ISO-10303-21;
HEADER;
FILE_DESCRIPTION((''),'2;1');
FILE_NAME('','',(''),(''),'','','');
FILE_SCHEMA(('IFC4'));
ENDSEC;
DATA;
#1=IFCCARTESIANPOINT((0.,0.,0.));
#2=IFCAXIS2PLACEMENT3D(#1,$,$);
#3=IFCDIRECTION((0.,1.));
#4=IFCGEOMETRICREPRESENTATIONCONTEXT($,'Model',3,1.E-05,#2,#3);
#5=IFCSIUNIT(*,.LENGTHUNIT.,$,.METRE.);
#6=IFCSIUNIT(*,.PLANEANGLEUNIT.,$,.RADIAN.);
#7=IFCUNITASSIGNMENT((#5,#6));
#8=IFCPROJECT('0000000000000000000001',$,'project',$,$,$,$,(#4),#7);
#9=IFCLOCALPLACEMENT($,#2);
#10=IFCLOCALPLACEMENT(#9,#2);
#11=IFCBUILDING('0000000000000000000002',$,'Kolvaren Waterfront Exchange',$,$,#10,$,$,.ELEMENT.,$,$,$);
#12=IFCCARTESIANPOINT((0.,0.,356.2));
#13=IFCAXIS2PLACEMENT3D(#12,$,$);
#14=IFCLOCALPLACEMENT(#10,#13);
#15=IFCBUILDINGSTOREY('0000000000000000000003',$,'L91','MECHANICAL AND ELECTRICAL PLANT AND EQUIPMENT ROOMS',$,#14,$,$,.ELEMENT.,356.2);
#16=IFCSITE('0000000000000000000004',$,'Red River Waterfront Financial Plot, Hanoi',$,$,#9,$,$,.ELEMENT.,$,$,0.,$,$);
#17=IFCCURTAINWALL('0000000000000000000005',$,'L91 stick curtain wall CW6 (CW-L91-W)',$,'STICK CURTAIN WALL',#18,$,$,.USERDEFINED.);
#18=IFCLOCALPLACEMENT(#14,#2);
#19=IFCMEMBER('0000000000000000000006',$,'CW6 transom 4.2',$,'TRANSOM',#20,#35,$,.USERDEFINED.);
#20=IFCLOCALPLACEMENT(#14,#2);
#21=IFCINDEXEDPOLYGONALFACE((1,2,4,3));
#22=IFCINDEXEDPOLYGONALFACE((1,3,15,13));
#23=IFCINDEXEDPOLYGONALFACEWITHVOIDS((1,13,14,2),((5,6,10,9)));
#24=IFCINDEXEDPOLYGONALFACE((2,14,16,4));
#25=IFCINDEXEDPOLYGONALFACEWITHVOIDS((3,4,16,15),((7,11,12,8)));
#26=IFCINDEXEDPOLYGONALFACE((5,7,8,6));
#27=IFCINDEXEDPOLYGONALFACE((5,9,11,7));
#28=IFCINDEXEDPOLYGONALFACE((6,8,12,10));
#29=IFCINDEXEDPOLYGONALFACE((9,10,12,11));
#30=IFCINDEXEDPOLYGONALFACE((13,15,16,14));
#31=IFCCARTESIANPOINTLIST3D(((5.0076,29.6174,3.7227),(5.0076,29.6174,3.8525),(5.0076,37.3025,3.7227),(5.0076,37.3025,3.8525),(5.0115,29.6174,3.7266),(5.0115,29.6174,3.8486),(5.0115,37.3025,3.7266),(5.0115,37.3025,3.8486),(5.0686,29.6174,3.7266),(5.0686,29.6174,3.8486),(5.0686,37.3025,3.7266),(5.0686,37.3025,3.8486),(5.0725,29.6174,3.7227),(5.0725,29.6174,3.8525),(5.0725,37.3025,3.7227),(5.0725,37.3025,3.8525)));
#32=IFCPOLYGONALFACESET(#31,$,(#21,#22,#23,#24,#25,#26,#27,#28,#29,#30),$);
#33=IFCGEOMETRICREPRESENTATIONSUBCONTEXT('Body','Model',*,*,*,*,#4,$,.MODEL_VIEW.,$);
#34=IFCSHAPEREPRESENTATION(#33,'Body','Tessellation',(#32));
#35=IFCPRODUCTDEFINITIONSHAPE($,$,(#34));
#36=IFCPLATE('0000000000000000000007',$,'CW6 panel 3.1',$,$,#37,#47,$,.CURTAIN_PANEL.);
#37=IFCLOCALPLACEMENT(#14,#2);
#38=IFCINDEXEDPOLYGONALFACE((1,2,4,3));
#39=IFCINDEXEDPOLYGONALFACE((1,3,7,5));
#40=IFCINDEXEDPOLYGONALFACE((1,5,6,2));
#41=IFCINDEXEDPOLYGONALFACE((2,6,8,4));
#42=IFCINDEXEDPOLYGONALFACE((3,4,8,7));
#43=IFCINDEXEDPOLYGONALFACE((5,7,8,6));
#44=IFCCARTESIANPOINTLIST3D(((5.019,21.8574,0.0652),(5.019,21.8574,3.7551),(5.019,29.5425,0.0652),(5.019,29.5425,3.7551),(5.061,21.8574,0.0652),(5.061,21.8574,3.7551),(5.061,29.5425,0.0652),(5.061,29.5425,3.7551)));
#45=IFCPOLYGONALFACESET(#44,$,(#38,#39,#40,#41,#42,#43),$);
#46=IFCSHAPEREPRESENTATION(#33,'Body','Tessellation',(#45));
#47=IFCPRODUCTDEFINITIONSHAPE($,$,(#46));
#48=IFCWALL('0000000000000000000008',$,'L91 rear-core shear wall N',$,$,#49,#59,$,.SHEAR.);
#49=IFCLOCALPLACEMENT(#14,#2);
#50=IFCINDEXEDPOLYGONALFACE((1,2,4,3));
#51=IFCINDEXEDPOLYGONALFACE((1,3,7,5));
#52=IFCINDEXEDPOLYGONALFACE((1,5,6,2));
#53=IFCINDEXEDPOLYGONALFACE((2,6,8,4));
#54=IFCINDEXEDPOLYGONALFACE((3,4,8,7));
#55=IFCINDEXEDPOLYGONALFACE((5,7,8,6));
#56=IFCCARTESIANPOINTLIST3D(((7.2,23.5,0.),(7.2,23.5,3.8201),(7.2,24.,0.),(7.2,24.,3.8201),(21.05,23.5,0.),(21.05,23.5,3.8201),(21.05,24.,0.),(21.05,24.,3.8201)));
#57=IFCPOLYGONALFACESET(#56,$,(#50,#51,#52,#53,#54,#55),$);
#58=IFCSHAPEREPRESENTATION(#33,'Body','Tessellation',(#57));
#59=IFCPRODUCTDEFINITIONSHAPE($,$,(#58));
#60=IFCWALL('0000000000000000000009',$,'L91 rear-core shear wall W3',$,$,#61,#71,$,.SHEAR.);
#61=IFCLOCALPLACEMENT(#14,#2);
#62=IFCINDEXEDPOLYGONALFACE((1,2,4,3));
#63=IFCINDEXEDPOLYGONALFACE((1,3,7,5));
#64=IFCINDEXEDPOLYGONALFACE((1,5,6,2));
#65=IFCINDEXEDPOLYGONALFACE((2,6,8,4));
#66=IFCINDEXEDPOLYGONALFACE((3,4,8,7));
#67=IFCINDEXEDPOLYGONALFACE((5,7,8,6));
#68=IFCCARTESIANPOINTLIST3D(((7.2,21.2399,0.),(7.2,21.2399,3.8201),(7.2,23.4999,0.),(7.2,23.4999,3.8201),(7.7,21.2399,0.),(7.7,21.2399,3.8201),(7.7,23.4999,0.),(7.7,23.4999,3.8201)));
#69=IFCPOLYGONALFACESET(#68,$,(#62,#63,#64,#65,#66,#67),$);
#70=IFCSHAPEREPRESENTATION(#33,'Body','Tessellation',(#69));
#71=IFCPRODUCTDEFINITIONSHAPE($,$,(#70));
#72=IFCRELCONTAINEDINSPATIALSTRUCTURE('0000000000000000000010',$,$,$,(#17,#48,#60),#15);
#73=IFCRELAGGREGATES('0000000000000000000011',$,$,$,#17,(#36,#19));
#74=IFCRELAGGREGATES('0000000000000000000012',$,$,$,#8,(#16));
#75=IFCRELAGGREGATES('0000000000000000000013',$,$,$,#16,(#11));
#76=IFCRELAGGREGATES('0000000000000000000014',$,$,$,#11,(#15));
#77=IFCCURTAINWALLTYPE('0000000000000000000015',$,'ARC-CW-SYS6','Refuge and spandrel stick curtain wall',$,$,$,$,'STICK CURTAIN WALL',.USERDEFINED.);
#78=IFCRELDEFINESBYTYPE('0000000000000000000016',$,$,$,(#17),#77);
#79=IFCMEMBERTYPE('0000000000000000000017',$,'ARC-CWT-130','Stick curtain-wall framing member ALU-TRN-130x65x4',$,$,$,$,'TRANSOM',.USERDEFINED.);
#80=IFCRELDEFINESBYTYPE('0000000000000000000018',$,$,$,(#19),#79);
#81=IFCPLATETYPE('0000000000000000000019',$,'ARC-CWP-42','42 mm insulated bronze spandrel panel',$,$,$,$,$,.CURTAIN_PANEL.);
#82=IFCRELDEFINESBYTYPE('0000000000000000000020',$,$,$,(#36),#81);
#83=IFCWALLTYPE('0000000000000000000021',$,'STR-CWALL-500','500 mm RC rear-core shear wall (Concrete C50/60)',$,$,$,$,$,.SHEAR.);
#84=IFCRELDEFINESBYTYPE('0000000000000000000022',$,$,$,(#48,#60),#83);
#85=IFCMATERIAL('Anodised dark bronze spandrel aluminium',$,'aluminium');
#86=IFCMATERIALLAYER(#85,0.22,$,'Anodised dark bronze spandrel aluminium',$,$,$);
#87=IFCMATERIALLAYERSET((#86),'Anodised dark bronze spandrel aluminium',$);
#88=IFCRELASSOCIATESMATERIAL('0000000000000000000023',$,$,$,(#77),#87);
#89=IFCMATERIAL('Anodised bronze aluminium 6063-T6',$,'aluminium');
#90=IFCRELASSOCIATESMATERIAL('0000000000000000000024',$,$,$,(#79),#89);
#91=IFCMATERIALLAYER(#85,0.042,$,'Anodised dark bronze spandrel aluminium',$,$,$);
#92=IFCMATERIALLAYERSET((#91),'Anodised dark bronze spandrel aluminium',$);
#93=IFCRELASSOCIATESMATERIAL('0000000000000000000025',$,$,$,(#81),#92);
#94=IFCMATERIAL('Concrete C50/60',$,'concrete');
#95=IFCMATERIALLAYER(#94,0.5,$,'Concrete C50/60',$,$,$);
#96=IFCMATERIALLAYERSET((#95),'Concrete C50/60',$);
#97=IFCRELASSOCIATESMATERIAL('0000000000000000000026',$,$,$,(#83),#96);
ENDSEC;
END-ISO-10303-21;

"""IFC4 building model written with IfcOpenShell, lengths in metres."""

from ifc_helpers import new_model, si_unit, direction, frame, frame_2d, origin, origin_with_axes, origin_2d, place, context, subcontext, project, spatial, rectangle, hollow_rectangle, extrude, source, transform, mapped, material, layer, layer_set, material_profile, profile_set, type_object, element, aggregate, save


model = new_model("IFC4")

# Units and contexts
model_context = context("Model", 3, precision=1e-05, world=origin(), true_north=direction((0.0, 1.0)))
body_context = subcontext(model_context, "Body", "Model", "MODEL_VIEW")
ifc_project = project(units=[si_unit("LENGTHUNIT", "METRE"), si_unit("PLANEANGLEUNIT", "RADIAN")], contexts=[model_context])

# Site, building, storey
site_placement = place(None, origin())
site = spatial("IfcSite", under=ifc_project, at=site_placement, Name="Red River Waterfront Financial Plot, Hanoi", CompositionType="ELEMENT", RefElevation=0.0)
building_placement = place(site_placement, origin())
building = spatial("IfcBuilding", under=site, at=building_placement, Name="Kolvaren Waterfront Exchange", CompositionType="ELEMENT")
storey_placement = place(building_placement, frame((0.0, 0.0, 356.2)))
storey = spatial("IfcBuildingStorey", under=building, at=storey_placement, Name="L91", Description="MECHANICAL AND ELECTRICAL PLANT AND EQUIPMENT ROOMS", CompositionType="ELEMENT", Elevation=356.2)

# Shared definitions
ifc_material_1 = material(Name="Concrete C50/60", Category="concrete")

# Curtain wall, member, plate
ifc_material_2 = material(Name="Anodised dark bronze spandrel aluminium", Category="aluminium")
ifc_layer_1 = layer(ifc_material_2, 0.22, Name="Anodised dark bronze spandrel aluminium")
ifc_layer_set_1 = layer_set([ifc_layer_1], Name="Anodised dark bronze spandrel aluminium")
curtain_wall_type = type_object("IfcCurtainWallType", Name="ARC-CW-SYS6", Description="Refuge and spandrel stick curtain wall", ElementType="STICK CURTAIN WALL", PredefinedType="USERDEFINED", material=ifc_layer_set_1)
curtain_wall_placement = place(storey_placement, origin())
curtain_wall = element("IfcCurtainWall", 1, at=curtain_wall_placement, inside=storey, type_object=curtain_wall_type, Name="L91 stick curtain wall CW6 (CW-L91-W)", ObjectType="STICK CURTAIN WALL", PredefinedType="USERDEFINED")
ifc_material_3 = material(Name="Anodised bronze aluminium 6063-T6", Category="aluminium")
ifc_material_profile_1 = material_profile(ifc_material_3, hollow_rectangle(XDim=0.0649, YDim=0.1299, WallThickness=0.0039, at=origin_2d()), Name="ALU-TRN-130x65x4")
ifc_profile_set_1 = profile_set([ifc_material_profile_1], Name="Anodised bronze aluminium 6063-T6")
member_type_1 = type_object("IfcMemberType", Name="ARC-CWT-130", Description="Stick curtain-wall framing member ALU-TRN-130x65x4", ElementType="TRANSOM", PredefinedType="USERDEFINED", material=ifc_profile_set_1)
shared_shape_1 = source(origin_with_axes(), body_context, "Body", "SweptSolid", [
    extrude(hollow_rectangle(XDim=0.0649, YDim=0.1299, WallThickness=0.0039, at=origin_2d()), origin(), (0.0, 0.0, 1.0), 7.6851),
])
member_1_placement = place(storey_placement, frame((5.04, 29.6174, 3.7876), z_axis=(0.0, 1.0, 0.0), x_axis=(-1.0, 0.0, 0.0)))
member_1 = element("IfcMember", 2, at=member_1_placement, type_object=member_type_1, Name="CW6 transom 4.2", ObjectType="TRANSOM", PredefinedType="USERDEFINED", context=body_context, shape_type="MappedRepresentation", body=[
    mapped(shared_shape_1, transform((0.0, 0.0, 0.0), x_axis=(1.0, 0.0, 0.0), y_axis=(0.0, 1.0, 0.0), z_axis=(0.0, 0.0, 1.0), scale=1.0)),
])
ifc_layer_2 = layer(ifc_material_2, 0.042, Name="Anodised dark bronze spandrel aluminium")
ifc_layer_set_2 = layer_set([ifc_layer_2], Name="Anodised dark bronze spandrel aluminium")
plate_type = type_object("IfcPlateType", Name="ARC-CWP-42", Description="42 mm insulated bronze spandrel panel", PredefinedType="CURTAIN_PANEL", material=ifc_layer_set_2)
shared_shape_2 = source(origin_with_axes(), body_context, "Body", "SweptSolid", [
    extrude(rectangle(XDim=7.6851, YDim=0.042, at=origin_2d()), origin(), (0.0, 0.0, 1.0), 3.6899),
])
plate_placement = place(storey_placement, frame((5.04, 25.7, 0.0652), z_axis=(0.0, 0.0, 1.0), x_axis=(0.0, 1.0, 0.0)))
plate = element("IfcPlate", 3, at=plate_placement, type_object=plate_type, Name="CW6 panel 3.1", PredefinedType="CURTAIN_PANEL", context=body_context, shape_type="MappedRepresentation", body=[
    mapped(shared_shape_2, transform((0.0, 0.0, 0.0), x_axis=(1.0, 0.0, 0.0), y_axis=(0.0, 1.0, 0.0), z_axis=(0.0, 0.0, 1.0), scale=1.0)),
])
aggregate(curtain_wall, [plate, member_1])

# Walls
ifc_layer_3 = layer(ifc_material_1, 0.5, Name="Concrete C50/60")
ifc_layer_set_3 = layer_set([ifc_layer_3], Name="Concrete C50/60")
wall_type = type_object("IfcWallType", Name="STR-CWALL-500", Description="500 mm RC rear-core shear wall (Concrete C50/60)", PredefinedType="SHEAR", material=ifc_layer_set_3)
wall_1_placement = place(storey_placement, frame((7.2, 23.75, 0.0), z_axis=(0.0, 0.0, 1.0), x_axis=(1.0, 0.0, 0.0)))
element("IfcWall", 4, at=wall_1_placement, inside=storey, type_object=wall_type, Name="L91 rear-core shear wall N", PredefinedType="SHEAR", context=body_context, shape_type="SweptSolid", body=[
    extrude(rectangle(XDim=13.8501, YDim=0.5, at=frame_2d((6.925, 0.0))), origin(), (0.0, 0.0, 1.0), 3.8201),
])
wall_2_placement = place(storey_placement, frame((7.45, 21.24, 0.0), z_axis=(0.0, 0.0, 1.0), x_axis=(0.0, 1.0, 0.0)))
element("IfcWall", 5, at=wall_2_placement, inside=storey, type_object=wall_type, Name="L91 rear-core shear wall W3", PredefinedType="SHEAR", context=body_context, shape_type="SweptSolid", body=[
    extrude(rectangle(XDim=2.26, YDim=0.5, at=frame_2d((1.1299, 0.0))), origin(), (0.0, 0.0, 1.0), 3.8201),
])

save(model, "model.ifc")
